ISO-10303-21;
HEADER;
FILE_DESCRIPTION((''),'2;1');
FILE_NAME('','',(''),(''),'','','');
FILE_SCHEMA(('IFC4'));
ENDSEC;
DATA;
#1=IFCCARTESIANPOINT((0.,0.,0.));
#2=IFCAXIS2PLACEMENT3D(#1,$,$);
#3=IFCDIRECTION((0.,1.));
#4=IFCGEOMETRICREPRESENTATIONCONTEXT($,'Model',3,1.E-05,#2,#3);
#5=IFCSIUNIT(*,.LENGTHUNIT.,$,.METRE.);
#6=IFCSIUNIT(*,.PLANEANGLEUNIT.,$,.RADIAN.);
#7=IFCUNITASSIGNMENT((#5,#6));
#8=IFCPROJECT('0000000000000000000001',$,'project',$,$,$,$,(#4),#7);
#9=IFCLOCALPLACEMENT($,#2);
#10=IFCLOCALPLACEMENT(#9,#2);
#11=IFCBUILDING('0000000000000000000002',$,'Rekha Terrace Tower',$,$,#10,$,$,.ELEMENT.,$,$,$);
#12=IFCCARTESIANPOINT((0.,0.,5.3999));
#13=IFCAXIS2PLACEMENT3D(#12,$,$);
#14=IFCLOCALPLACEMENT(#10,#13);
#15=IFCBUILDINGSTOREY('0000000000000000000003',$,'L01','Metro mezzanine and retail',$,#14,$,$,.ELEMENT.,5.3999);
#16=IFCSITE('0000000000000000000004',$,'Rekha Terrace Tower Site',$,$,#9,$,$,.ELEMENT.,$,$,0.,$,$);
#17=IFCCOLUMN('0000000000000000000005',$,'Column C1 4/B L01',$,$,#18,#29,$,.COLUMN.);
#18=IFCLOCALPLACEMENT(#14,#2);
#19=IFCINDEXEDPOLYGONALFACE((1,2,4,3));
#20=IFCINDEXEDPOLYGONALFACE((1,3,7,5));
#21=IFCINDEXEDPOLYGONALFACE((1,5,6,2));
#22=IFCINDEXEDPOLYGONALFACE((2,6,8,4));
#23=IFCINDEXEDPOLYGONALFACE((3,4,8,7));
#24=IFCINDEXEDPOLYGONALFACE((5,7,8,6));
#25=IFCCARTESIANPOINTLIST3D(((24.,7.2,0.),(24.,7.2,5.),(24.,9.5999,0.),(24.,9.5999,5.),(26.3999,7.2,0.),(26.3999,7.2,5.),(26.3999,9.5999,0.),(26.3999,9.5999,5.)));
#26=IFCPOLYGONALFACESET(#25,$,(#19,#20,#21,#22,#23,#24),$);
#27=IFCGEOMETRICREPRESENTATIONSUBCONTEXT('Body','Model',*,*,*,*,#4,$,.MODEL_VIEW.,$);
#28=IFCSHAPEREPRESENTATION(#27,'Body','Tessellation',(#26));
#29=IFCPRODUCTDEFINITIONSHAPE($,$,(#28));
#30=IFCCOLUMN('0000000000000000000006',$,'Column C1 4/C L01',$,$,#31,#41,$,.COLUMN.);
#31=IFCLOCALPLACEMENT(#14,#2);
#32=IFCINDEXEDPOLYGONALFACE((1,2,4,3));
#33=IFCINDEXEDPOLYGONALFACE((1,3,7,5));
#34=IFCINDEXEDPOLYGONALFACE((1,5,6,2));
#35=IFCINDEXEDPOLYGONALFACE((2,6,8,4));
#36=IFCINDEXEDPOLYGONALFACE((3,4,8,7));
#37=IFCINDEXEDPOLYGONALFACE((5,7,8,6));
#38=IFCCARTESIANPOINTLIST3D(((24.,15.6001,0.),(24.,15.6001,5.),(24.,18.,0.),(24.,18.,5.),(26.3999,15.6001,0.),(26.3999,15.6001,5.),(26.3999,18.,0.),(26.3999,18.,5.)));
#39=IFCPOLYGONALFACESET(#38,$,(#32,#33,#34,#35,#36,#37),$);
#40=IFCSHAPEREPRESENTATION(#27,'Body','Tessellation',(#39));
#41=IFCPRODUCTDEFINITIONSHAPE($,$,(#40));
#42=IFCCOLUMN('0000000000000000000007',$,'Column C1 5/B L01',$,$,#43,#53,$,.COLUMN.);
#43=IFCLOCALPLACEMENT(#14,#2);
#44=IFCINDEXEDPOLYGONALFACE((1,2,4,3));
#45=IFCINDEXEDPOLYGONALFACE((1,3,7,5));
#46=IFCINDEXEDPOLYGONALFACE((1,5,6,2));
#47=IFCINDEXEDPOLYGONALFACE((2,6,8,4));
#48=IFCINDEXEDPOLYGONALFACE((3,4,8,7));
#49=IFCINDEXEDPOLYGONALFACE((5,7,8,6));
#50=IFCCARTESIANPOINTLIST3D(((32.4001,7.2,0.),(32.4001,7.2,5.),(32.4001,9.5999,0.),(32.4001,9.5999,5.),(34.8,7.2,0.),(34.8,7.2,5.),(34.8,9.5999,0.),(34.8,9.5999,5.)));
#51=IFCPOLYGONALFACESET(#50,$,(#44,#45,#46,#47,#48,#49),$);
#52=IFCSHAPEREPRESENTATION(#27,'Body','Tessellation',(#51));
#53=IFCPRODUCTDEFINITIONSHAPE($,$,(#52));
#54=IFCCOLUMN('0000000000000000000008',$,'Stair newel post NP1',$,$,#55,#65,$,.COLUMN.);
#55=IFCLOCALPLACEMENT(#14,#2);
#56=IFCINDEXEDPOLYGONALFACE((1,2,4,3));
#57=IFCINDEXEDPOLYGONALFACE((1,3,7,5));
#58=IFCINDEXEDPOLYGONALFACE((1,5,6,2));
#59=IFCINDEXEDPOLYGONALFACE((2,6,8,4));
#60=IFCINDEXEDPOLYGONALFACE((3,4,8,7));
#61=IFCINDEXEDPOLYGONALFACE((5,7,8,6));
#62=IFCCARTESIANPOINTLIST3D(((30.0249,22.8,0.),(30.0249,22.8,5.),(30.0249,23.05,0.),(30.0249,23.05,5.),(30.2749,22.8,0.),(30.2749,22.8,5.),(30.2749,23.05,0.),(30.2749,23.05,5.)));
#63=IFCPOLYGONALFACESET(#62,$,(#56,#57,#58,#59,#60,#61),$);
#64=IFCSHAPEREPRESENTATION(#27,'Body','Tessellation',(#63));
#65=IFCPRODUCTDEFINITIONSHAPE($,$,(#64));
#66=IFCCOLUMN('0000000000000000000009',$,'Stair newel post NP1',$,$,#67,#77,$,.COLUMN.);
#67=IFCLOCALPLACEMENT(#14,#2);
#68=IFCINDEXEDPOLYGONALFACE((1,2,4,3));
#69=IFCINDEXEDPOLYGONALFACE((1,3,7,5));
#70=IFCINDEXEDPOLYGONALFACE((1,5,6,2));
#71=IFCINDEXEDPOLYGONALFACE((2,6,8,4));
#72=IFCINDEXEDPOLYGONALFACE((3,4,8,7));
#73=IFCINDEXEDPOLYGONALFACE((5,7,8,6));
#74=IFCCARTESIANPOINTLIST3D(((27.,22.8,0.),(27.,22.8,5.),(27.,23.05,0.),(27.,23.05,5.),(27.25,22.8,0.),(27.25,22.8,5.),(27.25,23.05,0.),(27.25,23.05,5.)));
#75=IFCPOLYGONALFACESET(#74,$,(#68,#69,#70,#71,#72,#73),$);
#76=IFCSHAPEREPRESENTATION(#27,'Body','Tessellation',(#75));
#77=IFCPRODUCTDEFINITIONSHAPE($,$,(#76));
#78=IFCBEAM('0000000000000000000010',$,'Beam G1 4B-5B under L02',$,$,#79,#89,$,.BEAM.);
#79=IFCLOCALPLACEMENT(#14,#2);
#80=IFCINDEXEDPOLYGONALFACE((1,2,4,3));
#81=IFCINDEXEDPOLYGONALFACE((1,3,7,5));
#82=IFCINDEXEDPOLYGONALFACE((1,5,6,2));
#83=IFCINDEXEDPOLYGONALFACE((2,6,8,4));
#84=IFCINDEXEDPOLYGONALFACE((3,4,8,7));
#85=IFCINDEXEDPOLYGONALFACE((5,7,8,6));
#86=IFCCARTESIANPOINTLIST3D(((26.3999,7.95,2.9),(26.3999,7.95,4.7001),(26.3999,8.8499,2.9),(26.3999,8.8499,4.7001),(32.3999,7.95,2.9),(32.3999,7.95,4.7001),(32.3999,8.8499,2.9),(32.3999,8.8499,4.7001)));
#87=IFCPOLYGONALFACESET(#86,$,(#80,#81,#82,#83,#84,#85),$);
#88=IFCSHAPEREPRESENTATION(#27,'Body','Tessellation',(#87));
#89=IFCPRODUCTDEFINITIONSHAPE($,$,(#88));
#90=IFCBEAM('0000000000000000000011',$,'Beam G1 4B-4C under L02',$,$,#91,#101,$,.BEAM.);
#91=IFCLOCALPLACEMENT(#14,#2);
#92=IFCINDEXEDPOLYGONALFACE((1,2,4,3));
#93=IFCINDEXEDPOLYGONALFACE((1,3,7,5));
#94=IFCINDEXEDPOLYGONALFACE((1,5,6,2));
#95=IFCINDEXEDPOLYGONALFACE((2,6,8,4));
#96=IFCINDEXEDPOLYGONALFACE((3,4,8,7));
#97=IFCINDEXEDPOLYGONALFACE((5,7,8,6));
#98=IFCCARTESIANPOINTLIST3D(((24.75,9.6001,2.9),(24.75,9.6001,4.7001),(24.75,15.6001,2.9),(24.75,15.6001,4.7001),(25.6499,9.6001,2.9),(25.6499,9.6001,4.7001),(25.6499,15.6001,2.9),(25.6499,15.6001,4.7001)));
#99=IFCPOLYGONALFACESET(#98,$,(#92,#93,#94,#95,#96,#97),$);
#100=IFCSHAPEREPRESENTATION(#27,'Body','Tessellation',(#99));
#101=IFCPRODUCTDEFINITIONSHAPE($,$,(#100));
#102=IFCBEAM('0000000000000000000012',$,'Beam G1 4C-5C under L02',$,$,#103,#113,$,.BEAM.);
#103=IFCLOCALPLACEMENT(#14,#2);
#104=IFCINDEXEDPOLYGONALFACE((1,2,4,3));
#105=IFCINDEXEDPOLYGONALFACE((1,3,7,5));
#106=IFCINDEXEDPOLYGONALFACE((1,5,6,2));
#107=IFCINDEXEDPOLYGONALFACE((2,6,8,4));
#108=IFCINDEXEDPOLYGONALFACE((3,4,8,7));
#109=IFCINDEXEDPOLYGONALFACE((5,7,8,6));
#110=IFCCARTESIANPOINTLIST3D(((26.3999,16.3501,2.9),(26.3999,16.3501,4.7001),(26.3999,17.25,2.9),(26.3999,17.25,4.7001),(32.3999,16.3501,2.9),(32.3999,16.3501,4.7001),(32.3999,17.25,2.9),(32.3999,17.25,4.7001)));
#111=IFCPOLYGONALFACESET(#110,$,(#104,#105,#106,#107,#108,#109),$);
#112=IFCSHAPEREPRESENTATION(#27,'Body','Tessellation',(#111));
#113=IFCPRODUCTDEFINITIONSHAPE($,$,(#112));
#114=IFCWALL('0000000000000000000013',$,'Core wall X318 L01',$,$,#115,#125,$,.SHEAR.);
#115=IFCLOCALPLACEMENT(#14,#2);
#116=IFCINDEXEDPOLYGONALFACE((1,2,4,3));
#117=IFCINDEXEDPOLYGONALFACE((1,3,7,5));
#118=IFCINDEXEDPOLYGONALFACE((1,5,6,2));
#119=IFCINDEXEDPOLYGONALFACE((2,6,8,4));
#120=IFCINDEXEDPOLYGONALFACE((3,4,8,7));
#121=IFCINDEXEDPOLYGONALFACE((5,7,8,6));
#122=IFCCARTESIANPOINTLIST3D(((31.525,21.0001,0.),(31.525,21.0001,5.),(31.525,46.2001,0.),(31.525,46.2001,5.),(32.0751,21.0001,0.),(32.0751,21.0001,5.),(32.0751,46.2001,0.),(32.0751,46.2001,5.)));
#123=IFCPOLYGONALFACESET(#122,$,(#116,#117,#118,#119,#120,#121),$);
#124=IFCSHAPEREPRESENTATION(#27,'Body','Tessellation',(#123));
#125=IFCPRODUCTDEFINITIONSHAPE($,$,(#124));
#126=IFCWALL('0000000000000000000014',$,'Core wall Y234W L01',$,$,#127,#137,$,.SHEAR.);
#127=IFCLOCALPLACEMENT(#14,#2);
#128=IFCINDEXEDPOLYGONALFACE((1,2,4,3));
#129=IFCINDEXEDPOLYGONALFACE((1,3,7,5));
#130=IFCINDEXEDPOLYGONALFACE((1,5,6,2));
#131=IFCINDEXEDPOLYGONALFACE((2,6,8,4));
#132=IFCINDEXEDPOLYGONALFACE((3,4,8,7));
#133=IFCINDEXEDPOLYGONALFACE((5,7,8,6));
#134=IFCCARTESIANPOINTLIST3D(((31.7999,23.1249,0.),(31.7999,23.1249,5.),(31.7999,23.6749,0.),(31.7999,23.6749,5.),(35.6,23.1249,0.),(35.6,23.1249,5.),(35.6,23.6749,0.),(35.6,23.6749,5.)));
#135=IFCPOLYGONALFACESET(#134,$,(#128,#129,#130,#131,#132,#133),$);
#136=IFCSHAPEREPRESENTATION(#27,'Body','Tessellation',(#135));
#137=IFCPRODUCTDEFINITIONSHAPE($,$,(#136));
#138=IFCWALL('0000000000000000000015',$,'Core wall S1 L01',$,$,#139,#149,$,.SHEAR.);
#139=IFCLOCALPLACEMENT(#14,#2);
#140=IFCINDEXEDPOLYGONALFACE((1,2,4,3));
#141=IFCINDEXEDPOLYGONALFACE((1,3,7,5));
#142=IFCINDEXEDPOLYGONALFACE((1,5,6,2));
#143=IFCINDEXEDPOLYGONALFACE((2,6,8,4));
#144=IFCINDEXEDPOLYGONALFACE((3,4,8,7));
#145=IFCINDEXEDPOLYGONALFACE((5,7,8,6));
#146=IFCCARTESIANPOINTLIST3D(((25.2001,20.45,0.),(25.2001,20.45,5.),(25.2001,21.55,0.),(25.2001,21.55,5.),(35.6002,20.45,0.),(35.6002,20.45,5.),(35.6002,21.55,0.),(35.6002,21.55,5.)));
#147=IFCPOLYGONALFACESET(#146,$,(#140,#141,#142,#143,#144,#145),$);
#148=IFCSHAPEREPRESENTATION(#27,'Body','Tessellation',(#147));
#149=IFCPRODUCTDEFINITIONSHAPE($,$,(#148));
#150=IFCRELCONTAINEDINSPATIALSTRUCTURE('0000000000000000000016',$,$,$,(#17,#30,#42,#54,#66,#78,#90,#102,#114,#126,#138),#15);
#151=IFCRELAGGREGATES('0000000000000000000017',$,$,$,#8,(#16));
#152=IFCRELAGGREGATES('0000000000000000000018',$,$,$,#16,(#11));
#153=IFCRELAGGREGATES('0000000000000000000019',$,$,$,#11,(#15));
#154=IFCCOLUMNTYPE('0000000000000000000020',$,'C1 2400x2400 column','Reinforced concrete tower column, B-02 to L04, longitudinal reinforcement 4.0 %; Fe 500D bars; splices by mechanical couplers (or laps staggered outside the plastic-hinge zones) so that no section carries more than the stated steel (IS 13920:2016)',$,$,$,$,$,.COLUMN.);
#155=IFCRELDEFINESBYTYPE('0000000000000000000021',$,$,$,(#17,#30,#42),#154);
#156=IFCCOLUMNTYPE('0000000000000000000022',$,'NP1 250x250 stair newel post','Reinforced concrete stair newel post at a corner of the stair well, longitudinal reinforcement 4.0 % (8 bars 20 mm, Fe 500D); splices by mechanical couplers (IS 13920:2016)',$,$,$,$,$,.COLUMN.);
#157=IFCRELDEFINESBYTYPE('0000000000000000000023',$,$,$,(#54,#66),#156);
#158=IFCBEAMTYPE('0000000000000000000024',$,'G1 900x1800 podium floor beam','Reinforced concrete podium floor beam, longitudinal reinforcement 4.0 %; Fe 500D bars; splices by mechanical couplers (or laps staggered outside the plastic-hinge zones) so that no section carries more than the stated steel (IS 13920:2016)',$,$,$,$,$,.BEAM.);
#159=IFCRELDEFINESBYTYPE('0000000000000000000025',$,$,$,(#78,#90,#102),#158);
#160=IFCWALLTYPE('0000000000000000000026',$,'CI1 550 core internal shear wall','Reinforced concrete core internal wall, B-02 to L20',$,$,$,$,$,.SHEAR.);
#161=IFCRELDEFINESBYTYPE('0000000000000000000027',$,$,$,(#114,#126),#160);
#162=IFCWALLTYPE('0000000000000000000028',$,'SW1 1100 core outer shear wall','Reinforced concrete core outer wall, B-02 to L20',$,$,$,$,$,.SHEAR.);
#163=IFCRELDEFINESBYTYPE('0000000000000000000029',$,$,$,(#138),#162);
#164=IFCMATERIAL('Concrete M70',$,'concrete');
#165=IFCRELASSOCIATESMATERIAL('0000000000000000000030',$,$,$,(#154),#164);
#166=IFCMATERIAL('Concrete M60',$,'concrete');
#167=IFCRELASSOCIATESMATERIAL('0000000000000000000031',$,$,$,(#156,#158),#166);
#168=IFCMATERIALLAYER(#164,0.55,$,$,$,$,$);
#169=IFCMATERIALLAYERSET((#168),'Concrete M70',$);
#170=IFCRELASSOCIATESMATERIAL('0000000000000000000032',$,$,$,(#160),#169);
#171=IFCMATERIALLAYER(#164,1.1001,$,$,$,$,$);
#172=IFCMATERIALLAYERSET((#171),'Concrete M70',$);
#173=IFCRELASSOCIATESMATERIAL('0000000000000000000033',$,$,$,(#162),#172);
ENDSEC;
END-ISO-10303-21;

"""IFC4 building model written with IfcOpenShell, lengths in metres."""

from ifc_helpers import new_model, si_unit, direction, frame, frame_2d, origin, origin_2d, place, context, subcontext, project, spatial, rectangle, extrude, material, layer, layer_set, material_profile, profile_set, type_object, element, save


model = new_model("IFC4")

# Units and contexts
model_context = context("Model", 3, precision=1e-05, world=origin(), true_north=direction((0.0, 1.0)))
body_context = subcontext(model_context, "Body", "Model", "MODEL_VIEW")
ifc_project = project(units=[si_unit("LENGTHUNIT", "METRE"), si_unit("PLANEANGLEUNIT", "RADIAN")], contexts=[model_context])

# Site, building, storey
site_placement = place(None, origin())
site = spatial("IfcSite", under=ifc_project, at=site_placement, Name="Rekha Terrace Tower Site", CompositionType="ELEMENT", RefElevation=0.0)
building_placement = place(site_placement, origin())
building = spatial("IfcBuilding", under=site, at=building_placement, Name="Rekha Terrace Tower", CompositionType="ELEMENT")
storey_placement = place(building_placement, frame((0.0, 0.0, 5.3999)))
storey = spatial("IfcBuildingStorey", under=building, at=storey_placement, Name="L01", Description="Metro mezzanine and retail", CompositionType="ELEMENT", Elevation=5.3999)

# Columns
ifc_material_1 = material(Name="Concrete M70", Category="concrete")
ifc_material_profile_1 = material_profile(ifc_material_1, rectangle(XDim=2.3999, YDim=2.3999, at=origin_2d()), Name="RC 2400x2400")
ifc_profile_set_1 = profile_set([ifc_material_profile_1], Name="Concrete M70")
column_type_1 = type_object("IfcColumnType", Name="C1 2400x2400 column", Description="Reinforced concrete tower column, B-02 to L04, longitudinal reinforcement 4.0 %; Fe 500D bars; splices by mechanical couplers (or laps staggered outside the plastic-hinge zones) so that no section carries more than the stated steel (IS 13920:2016)", PredefinedType="COLUMN", material=ifc_profile_set_1)
for number, where, z_axis, x_axis, name in (
    (1, (25.2, 8.3999, 0.0), (0.0, 0.0, 1.0), (1.0, 0.0, 0.0), "Column C1 4/B L01"),
    (2, (25.2, 16.8, 0.0), (0.0, 0.0, 1.0), (1.0, 0.0, 0.0), "Column C1 4/C L01"),
    (3, (33.6001, 8.3999, 0.0), (0.0, 0.0, 1.0), (1.0, 0.0, 0.0), "Column C1 5/B L01"),
):
    element("IfcColumn", number, at=place(storey_placement, frame(where, z_axis=z_axis, x_axis=x_axis)), inside=storey, type_object=column_type_1, Name=name, PredefinedType="COLUMN", context=body_context, shape_type="SweptSolid", body=[
        extrude(rectangle(XDim=2.3999, YDim=2.3999, at=origin_2d()), origin(), (0.0, 0.0, 1.0), 5.0),
    ])
ifc_material_2 = material(Name="Concrete M60", Category="concrete")
ifc_material_profile_2 = material_profile(ifc_material_2, rectangle(XDim=0.25, YDim=0.25, at=origin_2d()), Name="RC 250x250")
ifc_profile_set_2 = profile_set([ifc_material_profile_2], Name="Concrete M60")
column_type_2 = type_object("IfcColumnType", Name="NP1 250x250 stair newel post", Description="Reinforced concrete stair newel post at a corner of the stair well, longitudinal reinforcement 4.0 % (8 bars 20 mm, Fe 500D); splices by mechanical couplers (IS 13920:2016)", PredefinedType="COLUMN", material=ifc_profile_set_2)
for number, where, z_axis, x_axis, name in (
    (4, (30.1499, 22.925, 0.0), (0.0, 0.0, 1.0), (1.0, 0.0, 0.0), "Stair newel post NP1"),
    (5, (27.125, 22.925, 0.0), (0.0, 0.0, 1.0), (1.0, 0.0, 0.0), "Stair newel post NP1"),
):
    element("IfcColumn", number, at=place(storey_placement, frame(where, z_axis=z_axis, x_axis=x_axis)), inside=storey, type_object=column_type_2, Name=name, PredefinedType="COLUMN", context=body_context, shape_type="SweptSolid", body=[
        extrude(rectangle(XDim=0.25, YDim=0.25, at=origin_2d()), origin(), (0.0, 0.0, 1.0), 5.0),
    ])

# Beams
ifc_material_profile_3 = material_profile(ifc_material_2, rectangle(XDim=0.8999, YDim=1.8, at=origin_2d()), Name="RC 900x1800")
ifc_profile_set_3 = profile_set([ifc_material_profile_3], Name="Concrete M60")
beam_type = type_object("IfcBeamType", Name="G1 900x1800 podium floor beam", Description="Reinforced concrete podium floor beam, longitudinal reinforcement 4.0 %; Fe 500D bars; splices by mechanical couplers (or laps staggered outside the plastic-hinge zones) so that no section carries more than the stated steel (IS 13920:2016)", PredefinedType="BEAM", material=ifc_profile_set_3)
for number, where, z_axis, x_axis, name in (
    (6, (26.3999, 8.3999, 3.8), (1.0, 0.0, 0.0), (0.0, 1.0, 0.0), "Beam G1 4B-5B under L02"),
    (7, (25.2, 9.6001, 3.8), (0.0, 1.0, 0.0), (-1.0, 0.0, 0.0), "Beam G1 4B-4C under L02"),
    (8, (26.3999, 16.8, 3.8), (1.0, 0.0, 0.0), (0.0, 1.0, 0.0), "Beam G1 4C-5C under L02"),
):
    element("IfcBeam", number, at=place(storey_placement, frame(where, z_axis=z_axis, x_axis=x_axis)), inside=storey, type_object=beam_type, Name=name, PredefinedType="BEAM", context=body_context, shape_type="SweptSolid", body=[
        extrude(rectangle(XDim=0.8999, YDim=1.8, at=origin_2d()), origin(), (0.0, 0.0, 1.0), 6.0),
    ])

# Walls
ifc_layer_1 = layer(ifc_material_1, 0.55)
ifc_layer_set_1 = layer_set([ifc_layer_1], Name="Concrete M70")
wall_type_1 = type_object("IfcWallType", Name="CI1 550 core internal shear wall", Description="Reinforced concrete core internal wall, B-02 to L20", PredefinedType="SHEAR", material=ifc_layer_set_1)
wall_1_placement = place(storey_placement, frame((31.8, 21.0, 0.0), z_axis=(0.0, 0.0, 1.0), x_axis=(0.0, 1.0, 0.0)))
element("IfcWall", 9, at=wall_1_placement, inside=storey, type_object=wall_type_1, Name="Core wall X318 L01", PredefinedType="SHEAR", context=body_context, shape_type="SweptSolid", body=[
    extrude(rectangle(XDim=25.2, YDim=0.55, at=frame_2d((12.6001, 0.0))), origin(), (0.0, 0.0, 1.0), 5.0),
])
wall_2_placement = place(storey_placement, frame((31.8, 23.3999, 0.0), z_axis=(0.0, 0.0, 1.0), x_axis=(1.0, 0.0, 0.0)))
element("IfcWall", 10, at=wall_2_placement, inside=storey, type_object=wall_type_1, Name="Core wall Y234W L01", PredefinedType="SHEAR", context=body_context, shape_type="SweptSolid", body=[
    extrude(rectangle(XDim=3.8, YDim=0.55, at=frame_2d((1.8999, 0.0))), origin(), (0.0, 0.0, 1.0), 5.0),
])
ifc_layer_2 = layer(ifc_material_1, 1.1001)
ifc_layer_set_2 = layer_set([ifc_layer_2], Name="Concrete M70")
wall_type_2 = type_object("IfcWallType", Name="SW1 1100 core outer shear wall", Description="Reinforced concrete core outer wall, B-02 to L20", PredefinedType="SHEAR", material=ifc_layer_set_2)
wall_3_placement = place(storey_placement, frame((25.2, 21.0, 0.0), z_axis=(0.0, 0.0, 1.0), x_axis=(1.0, 0.0, 0.0)))
element("IfcWall", 11, at=wall_3_placement, inside=storey, type_object=wall_type_2, Name="Core wall S1 L01", PredefinedType="SHEAR", context=body_context, shape_type="SweptSolid", body=[
    extrude(rectangle(XDim=10.4001, YDim=1.1001, at=frame_2d((5.2002, 0.0))), origin(), (0.0, 0.0, 1.0), 5.0),
])

save(model, "model.ifc")
